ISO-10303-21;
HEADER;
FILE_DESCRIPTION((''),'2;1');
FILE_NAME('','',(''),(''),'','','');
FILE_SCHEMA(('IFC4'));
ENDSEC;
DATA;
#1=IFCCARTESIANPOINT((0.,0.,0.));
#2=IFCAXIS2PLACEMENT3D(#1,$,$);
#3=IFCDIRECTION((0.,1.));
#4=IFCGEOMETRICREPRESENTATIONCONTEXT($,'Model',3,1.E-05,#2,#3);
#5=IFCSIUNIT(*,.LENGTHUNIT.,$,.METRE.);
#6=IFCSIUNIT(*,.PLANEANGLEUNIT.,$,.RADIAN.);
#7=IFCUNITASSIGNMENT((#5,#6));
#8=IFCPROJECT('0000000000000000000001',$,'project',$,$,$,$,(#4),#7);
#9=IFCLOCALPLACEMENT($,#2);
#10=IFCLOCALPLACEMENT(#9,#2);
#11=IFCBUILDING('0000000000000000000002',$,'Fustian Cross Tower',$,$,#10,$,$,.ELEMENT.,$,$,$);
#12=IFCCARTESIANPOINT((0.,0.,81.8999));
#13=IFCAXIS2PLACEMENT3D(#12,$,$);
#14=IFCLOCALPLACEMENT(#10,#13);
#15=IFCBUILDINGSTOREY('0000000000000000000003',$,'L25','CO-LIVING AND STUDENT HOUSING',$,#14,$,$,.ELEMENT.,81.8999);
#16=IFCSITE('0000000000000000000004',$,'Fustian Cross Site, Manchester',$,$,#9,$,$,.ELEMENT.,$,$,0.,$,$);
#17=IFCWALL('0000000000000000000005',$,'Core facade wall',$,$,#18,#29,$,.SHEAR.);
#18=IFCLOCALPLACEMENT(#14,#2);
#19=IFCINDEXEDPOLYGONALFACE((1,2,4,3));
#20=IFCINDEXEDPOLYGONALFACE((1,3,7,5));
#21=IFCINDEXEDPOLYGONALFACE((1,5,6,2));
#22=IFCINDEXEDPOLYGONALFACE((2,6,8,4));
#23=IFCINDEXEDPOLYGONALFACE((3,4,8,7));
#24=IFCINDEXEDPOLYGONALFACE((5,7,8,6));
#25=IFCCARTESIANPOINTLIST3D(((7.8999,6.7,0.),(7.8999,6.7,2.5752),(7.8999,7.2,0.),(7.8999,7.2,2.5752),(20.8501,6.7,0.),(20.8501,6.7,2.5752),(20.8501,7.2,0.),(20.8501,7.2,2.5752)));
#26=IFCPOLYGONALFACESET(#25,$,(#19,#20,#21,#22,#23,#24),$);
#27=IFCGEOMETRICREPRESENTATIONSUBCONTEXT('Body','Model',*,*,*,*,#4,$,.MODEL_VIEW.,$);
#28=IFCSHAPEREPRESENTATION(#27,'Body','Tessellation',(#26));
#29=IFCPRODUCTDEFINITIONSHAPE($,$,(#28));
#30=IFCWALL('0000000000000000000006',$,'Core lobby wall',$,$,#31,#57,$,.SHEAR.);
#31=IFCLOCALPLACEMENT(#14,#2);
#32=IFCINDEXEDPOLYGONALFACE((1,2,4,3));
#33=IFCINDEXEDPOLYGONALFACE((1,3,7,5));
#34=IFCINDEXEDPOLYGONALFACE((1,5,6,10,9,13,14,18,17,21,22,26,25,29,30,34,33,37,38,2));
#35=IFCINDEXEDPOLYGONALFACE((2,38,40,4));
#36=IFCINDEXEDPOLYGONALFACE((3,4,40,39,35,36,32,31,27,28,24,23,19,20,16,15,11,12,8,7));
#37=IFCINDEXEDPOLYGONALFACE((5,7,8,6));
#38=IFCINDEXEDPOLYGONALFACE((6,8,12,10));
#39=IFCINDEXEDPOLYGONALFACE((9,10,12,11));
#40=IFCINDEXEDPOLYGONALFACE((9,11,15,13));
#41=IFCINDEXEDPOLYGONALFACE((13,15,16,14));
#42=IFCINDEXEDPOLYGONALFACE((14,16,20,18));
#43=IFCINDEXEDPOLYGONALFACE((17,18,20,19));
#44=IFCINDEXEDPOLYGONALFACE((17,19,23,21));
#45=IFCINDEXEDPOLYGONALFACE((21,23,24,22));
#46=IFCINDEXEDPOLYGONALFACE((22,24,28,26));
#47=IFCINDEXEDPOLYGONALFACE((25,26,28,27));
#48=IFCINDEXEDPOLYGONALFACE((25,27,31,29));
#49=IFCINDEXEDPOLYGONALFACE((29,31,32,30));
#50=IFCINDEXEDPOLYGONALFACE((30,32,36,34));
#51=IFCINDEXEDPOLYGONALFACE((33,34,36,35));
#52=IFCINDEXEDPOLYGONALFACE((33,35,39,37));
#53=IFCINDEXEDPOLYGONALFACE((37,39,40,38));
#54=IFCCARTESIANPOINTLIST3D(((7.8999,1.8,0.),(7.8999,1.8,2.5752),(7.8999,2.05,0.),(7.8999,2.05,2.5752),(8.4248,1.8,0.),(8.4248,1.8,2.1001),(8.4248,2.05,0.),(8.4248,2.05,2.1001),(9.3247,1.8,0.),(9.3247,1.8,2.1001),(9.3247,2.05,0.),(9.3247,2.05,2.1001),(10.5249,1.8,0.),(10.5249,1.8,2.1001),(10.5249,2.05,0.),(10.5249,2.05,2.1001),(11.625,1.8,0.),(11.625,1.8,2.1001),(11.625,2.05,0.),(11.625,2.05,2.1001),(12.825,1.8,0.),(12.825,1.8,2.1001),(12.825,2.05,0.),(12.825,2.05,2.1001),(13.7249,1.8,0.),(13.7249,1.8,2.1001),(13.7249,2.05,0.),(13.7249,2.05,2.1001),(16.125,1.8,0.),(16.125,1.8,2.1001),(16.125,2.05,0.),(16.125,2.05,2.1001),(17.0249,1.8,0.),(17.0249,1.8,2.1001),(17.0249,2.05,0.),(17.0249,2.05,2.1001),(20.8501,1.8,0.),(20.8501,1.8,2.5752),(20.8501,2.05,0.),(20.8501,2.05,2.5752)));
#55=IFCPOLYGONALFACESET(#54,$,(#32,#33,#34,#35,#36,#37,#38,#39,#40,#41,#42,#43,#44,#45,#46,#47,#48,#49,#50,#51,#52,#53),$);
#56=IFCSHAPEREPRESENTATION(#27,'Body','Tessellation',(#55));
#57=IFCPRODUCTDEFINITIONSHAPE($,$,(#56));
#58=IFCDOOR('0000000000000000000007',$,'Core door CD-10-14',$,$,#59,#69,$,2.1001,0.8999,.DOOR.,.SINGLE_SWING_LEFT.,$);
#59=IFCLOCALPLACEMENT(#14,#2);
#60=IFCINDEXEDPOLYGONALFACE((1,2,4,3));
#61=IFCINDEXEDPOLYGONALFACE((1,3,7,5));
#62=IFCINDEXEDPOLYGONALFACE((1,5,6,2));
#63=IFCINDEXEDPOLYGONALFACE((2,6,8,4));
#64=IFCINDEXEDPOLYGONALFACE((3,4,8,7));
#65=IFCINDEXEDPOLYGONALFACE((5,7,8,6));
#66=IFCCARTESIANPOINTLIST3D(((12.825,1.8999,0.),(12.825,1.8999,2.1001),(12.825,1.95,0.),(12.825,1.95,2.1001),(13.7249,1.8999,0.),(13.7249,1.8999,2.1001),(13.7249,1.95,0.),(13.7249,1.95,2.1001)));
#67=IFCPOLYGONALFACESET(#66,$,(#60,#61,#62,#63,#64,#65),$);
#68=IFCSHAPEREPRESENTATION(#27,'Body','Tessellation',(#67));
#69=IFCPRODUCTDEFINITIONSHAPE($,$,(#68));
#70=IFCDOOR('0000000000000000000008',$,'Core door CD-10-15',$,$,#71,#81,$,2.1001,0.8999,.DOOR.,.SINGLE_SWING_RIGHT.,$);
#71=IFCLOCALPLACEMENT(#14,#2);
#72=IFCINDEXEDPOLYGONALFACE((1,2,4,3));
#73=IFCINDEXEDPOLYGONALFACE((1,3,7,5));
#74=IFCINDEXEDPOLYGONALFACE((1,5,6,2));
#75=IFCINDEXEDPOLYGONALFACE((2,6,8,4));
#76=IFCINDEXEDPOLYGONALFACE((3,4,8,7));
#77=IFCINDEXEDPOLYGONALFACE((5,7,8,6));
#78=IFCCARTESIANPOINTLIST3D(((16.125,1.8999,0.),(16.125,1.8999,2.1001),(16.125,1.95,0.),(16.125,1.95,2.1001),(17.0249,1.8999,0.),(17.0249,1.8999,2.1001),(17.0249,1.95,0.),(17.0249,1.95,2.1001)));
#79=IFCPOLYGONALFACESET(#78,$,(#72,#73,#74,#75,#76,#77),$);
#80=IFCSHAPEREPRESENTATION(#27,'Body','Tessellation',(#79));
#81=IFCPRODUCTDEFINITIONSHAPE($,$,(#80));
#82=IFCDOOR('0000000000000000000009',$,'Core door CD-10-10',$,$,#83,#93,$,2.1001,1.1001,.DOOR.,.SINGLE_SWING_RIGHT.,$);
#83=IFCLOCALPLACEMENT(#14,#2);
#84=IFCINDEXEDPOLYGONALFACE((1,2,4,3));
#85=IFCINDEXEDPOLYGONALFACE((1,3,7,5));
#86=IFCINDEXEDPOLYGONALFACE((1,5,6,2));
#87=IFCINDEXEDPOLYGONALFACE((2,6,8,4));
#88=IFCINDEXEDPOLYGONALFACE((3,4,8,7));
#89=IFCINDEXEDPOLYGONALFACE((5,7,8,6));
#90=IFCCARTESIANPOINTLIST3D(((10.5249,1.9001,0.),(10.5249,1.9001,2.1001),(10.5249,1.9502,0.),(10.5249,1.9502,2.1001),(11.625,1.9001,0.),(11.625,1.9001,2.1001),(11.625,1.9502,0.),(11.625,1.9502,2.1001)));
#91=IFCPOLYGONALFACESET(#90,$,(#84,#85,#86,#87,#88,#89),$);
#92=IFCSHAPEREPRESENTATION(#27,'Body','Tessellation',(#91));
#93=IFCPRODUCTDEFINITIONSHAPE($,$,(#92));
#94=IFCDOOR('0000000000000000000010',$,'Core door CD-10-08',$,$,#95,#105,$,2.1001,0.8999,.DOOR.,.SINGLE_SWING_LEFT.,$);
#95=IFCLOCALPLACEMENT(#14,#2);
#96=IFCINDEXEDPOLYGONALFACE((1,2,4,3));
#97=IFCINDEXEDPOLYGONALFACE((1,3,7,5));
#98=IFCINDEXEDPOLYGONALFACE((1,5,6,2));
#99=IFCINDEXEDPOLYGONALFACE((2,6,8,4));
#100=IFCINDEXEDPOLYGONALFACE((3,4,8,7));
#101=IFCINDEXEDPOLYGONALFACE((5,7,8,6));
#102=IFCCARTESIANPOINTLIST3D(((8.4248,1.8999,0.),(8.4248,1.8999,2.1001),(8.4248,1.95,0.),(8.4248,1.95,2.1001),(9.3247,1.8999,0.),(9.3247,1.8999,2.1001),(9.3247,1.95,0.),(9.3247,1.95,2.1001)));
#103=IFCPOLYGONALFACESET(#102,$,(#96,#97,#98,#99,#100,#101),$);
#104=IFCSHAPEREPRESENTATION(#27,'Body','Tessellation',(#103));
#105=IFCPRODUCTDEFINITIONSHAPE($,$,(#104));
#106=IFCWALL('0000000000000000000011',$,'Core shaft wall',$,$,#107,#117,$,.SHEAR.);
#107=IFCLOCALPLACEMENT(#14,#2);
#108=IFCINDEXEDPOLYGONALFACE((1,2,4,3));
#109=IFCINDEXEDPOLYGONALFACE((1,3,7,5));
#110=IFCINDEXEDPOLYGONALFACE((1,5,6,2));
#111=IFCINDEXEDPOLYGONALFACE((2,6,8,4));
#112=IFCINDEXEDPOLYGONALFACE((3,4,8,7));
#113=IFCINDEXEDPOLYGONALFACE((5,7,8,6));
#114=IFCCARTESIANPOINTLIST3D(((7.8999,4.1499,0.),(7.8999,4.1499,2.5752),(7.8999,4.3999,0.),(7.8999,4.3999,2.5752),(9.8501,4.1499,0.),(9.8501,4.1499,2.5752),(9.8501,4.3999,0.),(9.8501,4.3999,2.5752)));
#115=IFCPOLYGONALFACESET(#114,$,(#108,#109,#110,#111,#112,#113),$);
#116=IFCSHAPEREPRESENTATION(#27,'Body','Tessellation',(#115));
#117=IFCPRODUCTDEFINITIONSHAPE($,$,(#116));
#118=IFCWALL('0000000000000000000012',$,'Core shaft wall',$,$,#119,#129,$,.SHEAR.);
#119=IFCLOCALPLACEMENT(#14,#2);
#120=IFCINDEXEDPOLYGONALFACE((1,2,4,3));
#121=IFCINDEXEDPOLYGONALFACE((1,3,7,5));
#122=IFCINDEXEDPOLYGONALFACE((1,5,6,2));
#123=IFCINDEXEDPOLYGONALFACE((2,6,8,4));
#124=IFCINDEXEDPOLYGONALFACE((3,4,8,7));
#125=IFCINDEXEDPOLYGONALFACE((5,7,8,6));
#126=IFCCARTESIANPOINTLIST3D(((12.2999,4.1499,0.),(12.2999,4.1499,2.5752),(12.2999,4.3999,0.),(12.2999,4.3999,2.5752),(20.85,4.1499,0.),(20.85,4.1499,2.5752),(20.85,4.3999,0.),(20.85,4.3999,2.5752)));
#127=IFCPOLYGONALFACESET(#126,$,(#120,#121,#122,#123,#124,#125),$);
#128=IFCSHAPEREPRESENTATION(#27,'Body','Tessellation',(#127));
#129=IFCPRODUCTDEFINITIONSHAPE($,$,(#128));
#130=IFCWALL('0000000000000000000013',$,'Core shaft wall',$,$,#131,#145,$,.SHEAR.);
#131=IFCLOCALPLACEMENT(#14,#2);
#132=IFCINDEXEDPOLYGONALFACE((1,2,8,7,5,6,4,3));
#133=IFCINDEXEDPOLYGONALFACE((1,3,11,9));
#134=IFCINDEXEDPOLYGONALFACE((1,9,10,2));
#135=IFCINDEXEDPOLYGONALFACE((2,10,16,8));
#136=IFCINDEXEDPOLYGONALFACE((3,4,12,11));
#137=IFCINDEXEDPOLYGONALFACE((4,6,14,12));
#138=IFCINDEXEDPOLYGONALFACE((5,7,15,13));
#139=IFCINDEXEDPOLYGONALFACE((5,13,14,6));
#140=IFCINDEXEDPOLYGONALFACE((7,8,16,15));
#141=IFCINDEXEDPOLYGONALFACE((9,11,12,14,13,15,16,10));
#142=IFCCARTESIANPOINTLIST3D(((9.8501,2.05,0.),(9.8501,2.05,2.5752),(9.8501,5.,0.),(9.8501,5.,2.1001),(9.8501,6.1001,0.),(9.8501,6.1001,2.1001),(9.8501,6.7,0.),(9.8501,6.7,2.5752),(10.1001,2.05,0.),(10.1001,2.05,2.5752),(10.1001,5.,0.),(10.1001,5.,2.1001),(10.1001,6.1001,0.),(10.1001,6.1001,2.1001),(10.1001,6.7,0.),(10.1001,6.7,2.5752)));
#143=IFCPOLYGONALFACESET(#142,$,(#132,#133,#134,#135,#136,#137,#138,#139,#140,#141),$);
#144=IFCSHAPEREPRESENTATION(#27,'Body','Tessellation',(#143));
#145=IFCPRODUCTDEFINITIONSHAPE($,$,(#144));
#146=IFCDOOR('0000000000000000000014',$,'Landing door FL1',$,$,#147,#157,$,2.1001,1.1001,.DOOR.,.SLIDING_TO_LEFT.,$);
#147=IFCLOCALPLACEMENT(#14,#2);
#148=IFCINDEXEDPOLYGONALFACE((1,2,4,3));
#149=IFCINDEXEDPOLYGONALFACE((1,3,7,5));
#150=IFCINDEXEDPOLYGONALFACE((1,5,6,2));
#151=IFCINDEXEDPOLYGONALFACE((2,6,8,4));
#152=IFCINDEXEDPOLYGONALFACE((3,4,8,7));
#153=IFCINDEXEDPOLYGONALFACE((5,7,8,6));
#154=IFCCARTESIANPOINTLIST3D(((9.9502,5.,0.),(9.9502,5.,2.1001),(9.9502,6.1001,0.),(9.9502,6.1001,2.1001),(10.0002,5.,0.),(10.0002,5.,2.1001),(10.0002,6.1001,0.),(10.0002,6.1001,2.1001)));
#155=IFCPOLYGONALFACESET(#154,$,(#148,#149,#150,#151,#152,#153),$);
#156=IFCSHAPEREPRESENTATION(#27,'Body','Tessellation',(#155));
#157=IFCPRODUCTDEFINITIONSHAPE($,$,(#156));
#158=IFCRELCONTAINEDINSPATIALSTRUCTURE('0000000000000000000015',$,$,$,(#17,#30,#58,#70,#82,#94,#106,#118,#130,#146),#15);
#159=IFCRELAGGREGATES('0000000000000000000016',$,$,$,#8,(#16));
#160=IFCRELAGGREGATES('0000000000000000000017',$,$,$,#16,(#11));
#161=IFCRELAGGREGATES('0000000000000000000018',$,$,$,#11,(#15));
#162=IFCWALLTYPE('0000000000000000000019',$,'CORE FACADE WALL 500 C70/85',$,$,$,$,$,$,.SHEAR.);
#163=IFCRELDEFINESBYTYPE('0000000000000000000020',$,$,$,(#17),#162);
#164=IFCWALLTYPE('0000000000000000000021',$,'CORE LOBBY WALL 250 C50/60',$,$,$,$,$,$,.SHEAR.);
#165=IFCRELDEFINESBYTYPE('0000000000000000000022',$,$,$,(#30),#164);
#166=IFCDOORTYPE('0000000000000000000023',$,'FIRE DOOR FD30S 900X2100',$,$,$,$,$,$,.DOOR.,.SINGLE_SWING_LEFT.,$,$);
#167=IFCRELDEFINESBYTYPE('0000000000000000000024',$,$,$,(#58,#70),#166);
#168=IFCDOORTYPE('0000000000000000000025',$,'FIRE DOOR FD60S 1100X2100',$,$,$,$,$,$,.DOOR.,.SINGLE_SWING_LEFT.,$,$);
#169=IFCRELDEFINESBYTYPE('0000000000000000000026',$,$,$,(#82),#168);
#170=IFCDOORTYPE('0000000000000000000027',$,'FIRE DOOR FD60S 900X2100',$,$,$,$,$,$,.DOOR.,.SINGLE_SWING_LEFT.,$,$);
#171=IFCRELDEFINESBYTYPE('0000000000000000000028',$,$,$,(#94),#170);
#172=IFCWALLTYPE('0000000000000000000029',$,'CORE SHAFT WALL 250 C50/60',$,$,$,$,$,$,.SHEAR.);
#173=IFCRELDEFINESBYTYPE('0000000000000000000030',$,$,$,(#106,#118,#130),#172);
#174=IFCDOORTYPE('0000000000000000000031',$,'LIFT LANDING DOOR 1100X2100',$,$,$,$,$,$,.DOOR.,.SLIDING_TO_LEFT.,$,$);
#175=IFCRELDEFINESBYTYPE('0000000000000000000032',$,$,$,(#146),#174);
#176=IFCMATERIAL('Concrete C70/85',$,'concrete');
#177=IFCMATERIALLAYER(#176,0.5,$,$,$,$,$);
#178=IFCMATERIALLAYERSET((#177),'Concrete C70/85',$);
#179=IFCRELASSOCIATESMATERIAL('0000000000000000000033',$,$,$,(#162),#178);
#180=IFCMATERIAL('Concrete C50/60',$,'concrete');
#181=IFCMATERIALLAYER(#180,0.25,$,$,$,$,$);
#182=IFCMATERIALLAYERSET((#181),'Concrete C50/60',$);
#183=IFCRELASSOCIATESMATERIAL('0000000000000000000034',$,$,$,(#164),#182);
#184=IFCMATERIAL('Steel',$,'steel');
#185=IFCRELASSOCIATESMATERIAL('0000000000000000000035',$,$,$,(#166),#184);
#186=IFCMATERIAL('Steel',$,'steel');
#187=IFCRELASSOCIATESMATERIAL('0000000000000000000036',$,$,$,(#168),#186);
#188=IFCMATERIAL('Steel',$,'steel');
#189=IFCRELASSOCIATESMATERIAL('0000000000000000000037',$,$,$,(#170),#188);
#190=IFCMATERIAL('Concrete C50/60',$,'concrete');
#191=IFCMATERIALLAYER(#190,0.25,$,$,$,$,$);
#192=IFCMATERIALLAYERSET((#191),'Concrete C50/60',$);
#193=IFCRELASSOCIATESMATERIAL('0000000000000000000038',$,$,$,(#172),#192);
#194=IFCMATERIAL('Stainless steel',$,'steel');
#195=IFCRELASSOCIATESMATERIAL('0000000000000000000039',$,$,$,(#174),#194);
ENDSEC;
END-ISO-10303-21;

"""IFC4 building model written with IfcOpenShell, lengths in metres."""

from ifc_helpers import new_model, si_unit, direction, frame, frame_2d, origin, place, context, subcontext, project, spatial, rectangle, extrude, material, layer, layer_set, type_object, element, fill, save


model = new_model("IFC4")

# Units and contexts
model_context = context("Model", 3, precision=1e-05, world=origin(), true_north=direction((0.0, 1.0)))
body_context = subcontext(model_context, "Body", "Model", "MODEL_VIEW")
ifc_project = project(units=[si_unit("LENGTHUNIT", "METRE"), si_unit("PLANEANGLEUNIT", "RADIAN")], contexts=[model_context])

# Site, building, storey
site_placement = place(None, origin())
site = spatial("IfcSite", under=ifc_project, at=site_placement, Name="Fustian Cross Site, Manchester", CompositionType="ELEMENT", RefElevation=0.0)
building_placement = place(site_placement, origin())
building = spatial("IfcBuilding", under=site, at=building_placement, Name="Fustian Cross Tower", CompositionType="ELEMENT")
storey_placement = place(building_placement, frame((0.0, 0.0, 81.8999)))
storey = spatial("IfcBuildingStorey", under=building, at=storey_placement, Name="L25", Description="CO-LIVING AND STUDENT HOUSING", CompositionType="ELEMENT", Elevation=81.8999)

# Wall
ifc_material_1 = material(Name="Concrete C70/85", Category="concrete")
ifc_layer_1 = layer(ifc_material_1, 0.5)
ifc_layer_set_1 = layer_set([ifc_layer_1], Name="Concrete C70/85")
wall_type_1 = type_object("IfcWallType", Name="CORE FACADE WALL 500 C70/85", PredefinedType="SHEAR", material=ifc_layer_set_1)
wall_1_placement = place(storey_placement, frame((7.8999, 6.95, 0.0), z_axis=(0.0, 0.0, 1.0), x_axis=(1.0, 0.0, 0.0)))
element("IfcWall", 1, at=wall_1_placement, inside=storey, type_object=wall_type_1, Name="Core facade wall", PredefinedType="SHEAR", context=body_context, shape_type="SweptSolid", body=[
    extrude(rectangle(XDim=12.9502, YDim=0.5, at=frame_2d((6.4751, 0.0))), origin(), (0.0, 0.0, 1.0), 2.5752),
])

# Wall, openings, doors
ifc_material_2 = material(Name="Concrete C50/60", Category="concrete")
ifc_layer_2 = layer(ifc_material_2, 0.25)
ifc_layer_set_2 = layer_set([ifc_layer_2], Name="Concrete C50/60")
wall_type_2 = type_object("IfcWallType", Name="CORE LOBBY WALL 250 C50/60", PredefinedType="SHEAR", material=ifc_layer_set_2)
wall_2_placement = place(storey_placement, frame((7.8999, 1.925, 0.0), z_axis=(0.0, 0.0, 1.0), x_axis=(1.0, 0.0, 0.0)))
wall_2 = element("IfcWall", 2, at=wall_2_placement, inside=storey, type_object=wall_type_2, Name="Core lobby wall", PredefinedType="SHEAR", context=body_context, shape_type="SweptSolid", body=[
    extrude(rectangle(XDim=12.9502, YDim=0.25, at=frame_2d((6.4751, 0.0))), origin(), (0.0, 0.0, 1.0), 2.5752),
])
opening_1_placement = place(wall_2_placement, frame((0.5249, 0.0, 0.0)))
opening_1 = element("IfcOpeningElement", 3, at=opening_1_placement, cuts=wall_2, PredefinedType="OPENING", context=body_context, shape_type="SweptSolid", body=[
    extrude(rectangle(XDim=0.8999, YDim=2.1001, at=frame_2d((0.45, 1.05))), frame((0.0, 0.135, 0.0), z_axis=(0.0, -1.0, 0.0), x_axis=(1.0, 0.0, 0.0)), (0.0, 0.0, 1.0), 0.27),
])
opening_2_placement = place(wall_2_placement, frame((2.625, 0.0, 0.0)))
opening_2 = element("IfcOpeningElement", 4, at=opening_2_placement, cuts=wall_2, PredefinedType="OPENING", context=body_context, shape_type="SweptSolid", body=[
    extrude(rectangle(XDim=1.1001, YDim=2.1001, at=frame_2d((0.55, 1.05))), frame((0.0, 0.135, 0.0), z_axis=(0.0, -1.0, 0.0), x_axis=(1.0, 0.0, 0.0)), (0.0, 0.0, 1.0), 0.27),
])
opening_3_placement = place(wall_2_placement, frame((4.925, 0.0, 0.0)))
opening_3 = element("IfcOpeningElement", 5, at=opening_3_placement, cuts=wall_2, PredefinedType="OPENING", context=body_context, shape_type="SweptSolid", body=[
    extrude(rectangle(XDim=0.8999, YDim=2.1001, at=frame_2d((0.45, 1.05))), frame((0.0, 0.135, 0.0), z_axis=(0.0, -1.0, 0.0), x_axis=(1.0, 0.0, 0.0)), (0.0, 0.0, 1.0), 0.27),
])
opening_4_placement = place(wall_2_placement, frame((8.2251, 0.0, 0.0)))
opening_4 = element("IfcOpeningElement", 6, at=opening_4_placement, cuts=wall_2, PredefinedType="OPENING", context=body_context, shape_type="SweptSolid", body=[
    extrude(rectangle(XDim=0.8999, YDim=2.1001, at=frame_2d((0.45, 1.05))), frame((0.0, 0.135, 0.0), z_axis=(0.0, -1.0, 0.0), x_axis=(1.0, 0.0, 0.0)), (0.0, 0.0, 1.0), 0.27),
])
ifc_material_3 = material(Name="Steel", Category="steel")
door_type_1 = type_object("IfcDoorType", Name="FIRE DOOR FD30S 900X2100", OperationType="SINGLE_SWING_LEFT", PredefinedType="DOOR", material=ifc_material_3)
door_1_placement = place(opening_3_placement, origin())
door_1 = element("IfcDoor", 7, at=door_1_placement, inside=storey, type_object=door_type_1, Name="Core door CD-10-14", OperationType="SINGLE_SWING_LEFT", OverallHeight=2.1001, OverallWidth=0.8999, PredefinedType="DOOR", context=body_context, shape_type="SweptSolid", body=[
    extrude(rectangle(XDim=0.8999, YDim=2.1001, at=frame_2d((0.45, 1.05))), frame((0.0, 0.0249, 0.0), z_axis=(0.0, -1.0, 0.0), x_axis=(1.0, 0.0, 0.0)), (0.0, 0.0, 1.0), 0.05),
])
fill(opening_3, door_1)
door_2_placement = place(opening_4_placement, origin())
door_2 = element("IfcDoor", 8, at=door_2_placement, inside=storey, type_object=door_type_1, Name="Core door CD-10-15", OperationType="SINGLE_SWING_RIGHT", OverallHeight=2.1001, OverallWidth=0.8999, PredefinedType="DOOR", context=body_context, shape_type="SweptSolid", body=[
    extrude(rectangle(XDim=0.8999, YDim=2.1001, at=frame_2d((0.45, 1.05))), frame((0.0, 0.0249, 0.0), z_axis=(0.0, -1.0, 0.0), x_axis=(1.0, 0.0, 0.0)), (0.0, 0.0, 1.0), 0.05),
])
fill(opening_4, door_2)
ifc_material_4 = material(Name="Steel", Category="steel")
door_type_2 = type_object("IfcDoorType", Name="FIRE DOOR FD60S 1100X2100", OperationType="SINGLE_SWING_LEFT", PredefinedType="DOOR", material=ifc_material_4)
door_3_placement = place(opening_2_placement, frame((1.1001, 0.0, 0.0), z_axis=(0.0, 0.0, 1.0), x_axis=(-1.0, 0.0, 0.0)))
door_3 = element("IfcDoor", 9, at=door_3_placement, inside=storey, type_object=door_type_2, Name="Core door CD-10-10", OperationType="SINGLE_SWING_RIGHT", OverallHeight=2.1001, OverallWidth=1.1001, PredefinedType="DOOR", context=body_context, shape_type="SweptSolid", body=[
    extrude(rectangle(XDim=1.1001, YDim=2.1001, at=frame_2d((0.55, 1.05))), frame((0.0, 0.0249, 0.0), z_axis=(0.0, -1.0, 0.0), x_axis=(1.0, 0.0, 0.0)), (0.0, 0.0, 1.0), 0.05),
])
fill(opening_2, door_3)
ifc_material_5 = material(Name="Steel", Category="steel")
door_type_3 = type_object("IfcDoorType", Name="FIRE DOOR FD60S 900X2100", OperationType="SINGLE_SWING_LEFT", PredefinedType="DOOR", material=ifc_material_5)
door_4_placement = place(opening_1_placement, origin())
door_4 = element("IfcDoor", 10, at=door_4_placement, inside=storey, type_object=door_type_3, Name="Core door CD-10-08", OperationType="SINGLE_SWING_LEFT", OverallHeight=2.1001, OverallWidth=0.8999, PredefinedType="DOOR", context=body_context, shape_type="SweptSolid", body=[
    extrude(rectangle(XDim=0.8999, YDim=2.1001, at=frame_2d((0.45, 1.05))), frame((0.0, 0.0249, 0.0), z_axis=(0.0, -1.0, 0.0), x_axis=(1.0, 0.0, 0.0)), (0.0, 0.0, 1.0), 0.05),
])
fill(opening_1, door_4)

# Walls
ifc_material_6 = material(Name="Concrete C50/60", Category="concrete")
ifc_layer_3 = layer(ifc_material_6, 0.25)
ifc_layer_set_3 = layer_set([ifc_layer_3], Name="Concrete C50/60")
wall_type_3 = type_object("IfcWallType", Name="CORE SHAFT WALL 250 C50/60", PredefinedType="SHEAR", material=ifc_layer_set_3)
wall_3_placement = place(storey_placement, frame((7.8999, 4.2749, 0.0), z_axis=(0.0, 0.0, 1.0), x_axis=(1.0, 0.0, 0.0)))
element("IfcWall", 11, at=wall_3_placement, inside=storey, type_object=wall_type_3, Name="Core shaft wall", PredefinedType="SHEAR", context=body_context, shape_type="SweptSolid", body=[
    extrude(rectangle(XDim=1.9502, YDim=0.25, at=frame_2d((0.9751, 0.0))), origin(), (0.0, 0.0, 1.0), 2.5752),
])
wall_4_placement = place(storey_placement, frame((12.3, 4.2749, 0.0), z_axis=(0.0, 0.0, 1.0), x_axis=(1.0, 0.0, 0.0)))
element("IfcWall", 12, at=wall_4_placement, inside=storey, type_object=wall_type_3, Name="Core shaft wall", PredefinedType="SHEAR", context=body_context, shape_type="SweptSolid", body=[
    extrude(rectangle(XDim=8.55, YDim=0.25, at=frame_2d((4.2749, 0.0))), origin(), (0.0, 0.0, 1.0), 2.5752),
])

# Wall, opening, door
wall_5_placement = place(storey_placement, frame((9.9751, 2.05, 0.0), z_axis=(0.0, 0.0, 1.0), x_axis=(0.0, 1.0, 0.0)))
wall_5 = element("IfcWall", 13, at=wall_5_placement, inside=storey, type_object=wall_type_3, Name="Core shaft wall", PredefinedType="SHEAR", context=body_context, shape_type="SweptSolid", body=[
    extrude(rectangle(XDim=4.6499, YDim=0.25, at=frame_2d((2.325, 0.0))), origin(), (0.0, 0.0, 1.0), 2.5752),
])
opening_5_placement = place(wall_5_placement, frame((2.95, 0.0, 0.0)))
opening_5 = element("IfcOpeningElement", 14, at=opening_5_placement, cuts=wall_5, PredefinedType="OPENING", context=body_context, shape_type="SweptSolid", body=[
    extrude(rectangle(XDim=1.1001, YDim=2.1001, at=frame_2d((0.55, 1.05))), frame((0.0, 0.135, 0.0), z_axis=(0.0, -1.0, 0.0), x_axis=(1.0, 0.0, 0.0)), (0.0, 0.0, 1.0), 0.27),
])
ifc_material_7 = material(Name="Stainless steel", Category="steel")
door_type_4 = type_object("IfcDoorType", Name="LIFT LANDING DOOR 1100X2100", OperationType="SLIDING_TO_LEFT", PredefinedType="DOOR", material=ifc_material_7)
door_5_placement = place(opening_5_placement, origin())
door_5 = element("IfcDoor", 15, at=door_5_placement, inside=storey, type_object=door_type_4, Name="Landing door FL1", OperationType="SLIDING_TO_LEFT", OverallHeight=2.1001, OverallWidth=1.1001, PredefinedType="DOOR", context=body_context, shape_type="SweptSolid", body=[
    extrude(rectangle(XDim=1.1001, YDim=2.1001, at=frame_2d((0.55, 1.05))), frame((0.0, 0.0249, 0.0), z_axis=(0.0, -1.0, 0.0), x_axis=(1.0, 0.0, 0.0)), (0.0, 0.0, 1.0), 0.05),
])
fill(opening_5, door_5)

save(model, "model.ifc")
